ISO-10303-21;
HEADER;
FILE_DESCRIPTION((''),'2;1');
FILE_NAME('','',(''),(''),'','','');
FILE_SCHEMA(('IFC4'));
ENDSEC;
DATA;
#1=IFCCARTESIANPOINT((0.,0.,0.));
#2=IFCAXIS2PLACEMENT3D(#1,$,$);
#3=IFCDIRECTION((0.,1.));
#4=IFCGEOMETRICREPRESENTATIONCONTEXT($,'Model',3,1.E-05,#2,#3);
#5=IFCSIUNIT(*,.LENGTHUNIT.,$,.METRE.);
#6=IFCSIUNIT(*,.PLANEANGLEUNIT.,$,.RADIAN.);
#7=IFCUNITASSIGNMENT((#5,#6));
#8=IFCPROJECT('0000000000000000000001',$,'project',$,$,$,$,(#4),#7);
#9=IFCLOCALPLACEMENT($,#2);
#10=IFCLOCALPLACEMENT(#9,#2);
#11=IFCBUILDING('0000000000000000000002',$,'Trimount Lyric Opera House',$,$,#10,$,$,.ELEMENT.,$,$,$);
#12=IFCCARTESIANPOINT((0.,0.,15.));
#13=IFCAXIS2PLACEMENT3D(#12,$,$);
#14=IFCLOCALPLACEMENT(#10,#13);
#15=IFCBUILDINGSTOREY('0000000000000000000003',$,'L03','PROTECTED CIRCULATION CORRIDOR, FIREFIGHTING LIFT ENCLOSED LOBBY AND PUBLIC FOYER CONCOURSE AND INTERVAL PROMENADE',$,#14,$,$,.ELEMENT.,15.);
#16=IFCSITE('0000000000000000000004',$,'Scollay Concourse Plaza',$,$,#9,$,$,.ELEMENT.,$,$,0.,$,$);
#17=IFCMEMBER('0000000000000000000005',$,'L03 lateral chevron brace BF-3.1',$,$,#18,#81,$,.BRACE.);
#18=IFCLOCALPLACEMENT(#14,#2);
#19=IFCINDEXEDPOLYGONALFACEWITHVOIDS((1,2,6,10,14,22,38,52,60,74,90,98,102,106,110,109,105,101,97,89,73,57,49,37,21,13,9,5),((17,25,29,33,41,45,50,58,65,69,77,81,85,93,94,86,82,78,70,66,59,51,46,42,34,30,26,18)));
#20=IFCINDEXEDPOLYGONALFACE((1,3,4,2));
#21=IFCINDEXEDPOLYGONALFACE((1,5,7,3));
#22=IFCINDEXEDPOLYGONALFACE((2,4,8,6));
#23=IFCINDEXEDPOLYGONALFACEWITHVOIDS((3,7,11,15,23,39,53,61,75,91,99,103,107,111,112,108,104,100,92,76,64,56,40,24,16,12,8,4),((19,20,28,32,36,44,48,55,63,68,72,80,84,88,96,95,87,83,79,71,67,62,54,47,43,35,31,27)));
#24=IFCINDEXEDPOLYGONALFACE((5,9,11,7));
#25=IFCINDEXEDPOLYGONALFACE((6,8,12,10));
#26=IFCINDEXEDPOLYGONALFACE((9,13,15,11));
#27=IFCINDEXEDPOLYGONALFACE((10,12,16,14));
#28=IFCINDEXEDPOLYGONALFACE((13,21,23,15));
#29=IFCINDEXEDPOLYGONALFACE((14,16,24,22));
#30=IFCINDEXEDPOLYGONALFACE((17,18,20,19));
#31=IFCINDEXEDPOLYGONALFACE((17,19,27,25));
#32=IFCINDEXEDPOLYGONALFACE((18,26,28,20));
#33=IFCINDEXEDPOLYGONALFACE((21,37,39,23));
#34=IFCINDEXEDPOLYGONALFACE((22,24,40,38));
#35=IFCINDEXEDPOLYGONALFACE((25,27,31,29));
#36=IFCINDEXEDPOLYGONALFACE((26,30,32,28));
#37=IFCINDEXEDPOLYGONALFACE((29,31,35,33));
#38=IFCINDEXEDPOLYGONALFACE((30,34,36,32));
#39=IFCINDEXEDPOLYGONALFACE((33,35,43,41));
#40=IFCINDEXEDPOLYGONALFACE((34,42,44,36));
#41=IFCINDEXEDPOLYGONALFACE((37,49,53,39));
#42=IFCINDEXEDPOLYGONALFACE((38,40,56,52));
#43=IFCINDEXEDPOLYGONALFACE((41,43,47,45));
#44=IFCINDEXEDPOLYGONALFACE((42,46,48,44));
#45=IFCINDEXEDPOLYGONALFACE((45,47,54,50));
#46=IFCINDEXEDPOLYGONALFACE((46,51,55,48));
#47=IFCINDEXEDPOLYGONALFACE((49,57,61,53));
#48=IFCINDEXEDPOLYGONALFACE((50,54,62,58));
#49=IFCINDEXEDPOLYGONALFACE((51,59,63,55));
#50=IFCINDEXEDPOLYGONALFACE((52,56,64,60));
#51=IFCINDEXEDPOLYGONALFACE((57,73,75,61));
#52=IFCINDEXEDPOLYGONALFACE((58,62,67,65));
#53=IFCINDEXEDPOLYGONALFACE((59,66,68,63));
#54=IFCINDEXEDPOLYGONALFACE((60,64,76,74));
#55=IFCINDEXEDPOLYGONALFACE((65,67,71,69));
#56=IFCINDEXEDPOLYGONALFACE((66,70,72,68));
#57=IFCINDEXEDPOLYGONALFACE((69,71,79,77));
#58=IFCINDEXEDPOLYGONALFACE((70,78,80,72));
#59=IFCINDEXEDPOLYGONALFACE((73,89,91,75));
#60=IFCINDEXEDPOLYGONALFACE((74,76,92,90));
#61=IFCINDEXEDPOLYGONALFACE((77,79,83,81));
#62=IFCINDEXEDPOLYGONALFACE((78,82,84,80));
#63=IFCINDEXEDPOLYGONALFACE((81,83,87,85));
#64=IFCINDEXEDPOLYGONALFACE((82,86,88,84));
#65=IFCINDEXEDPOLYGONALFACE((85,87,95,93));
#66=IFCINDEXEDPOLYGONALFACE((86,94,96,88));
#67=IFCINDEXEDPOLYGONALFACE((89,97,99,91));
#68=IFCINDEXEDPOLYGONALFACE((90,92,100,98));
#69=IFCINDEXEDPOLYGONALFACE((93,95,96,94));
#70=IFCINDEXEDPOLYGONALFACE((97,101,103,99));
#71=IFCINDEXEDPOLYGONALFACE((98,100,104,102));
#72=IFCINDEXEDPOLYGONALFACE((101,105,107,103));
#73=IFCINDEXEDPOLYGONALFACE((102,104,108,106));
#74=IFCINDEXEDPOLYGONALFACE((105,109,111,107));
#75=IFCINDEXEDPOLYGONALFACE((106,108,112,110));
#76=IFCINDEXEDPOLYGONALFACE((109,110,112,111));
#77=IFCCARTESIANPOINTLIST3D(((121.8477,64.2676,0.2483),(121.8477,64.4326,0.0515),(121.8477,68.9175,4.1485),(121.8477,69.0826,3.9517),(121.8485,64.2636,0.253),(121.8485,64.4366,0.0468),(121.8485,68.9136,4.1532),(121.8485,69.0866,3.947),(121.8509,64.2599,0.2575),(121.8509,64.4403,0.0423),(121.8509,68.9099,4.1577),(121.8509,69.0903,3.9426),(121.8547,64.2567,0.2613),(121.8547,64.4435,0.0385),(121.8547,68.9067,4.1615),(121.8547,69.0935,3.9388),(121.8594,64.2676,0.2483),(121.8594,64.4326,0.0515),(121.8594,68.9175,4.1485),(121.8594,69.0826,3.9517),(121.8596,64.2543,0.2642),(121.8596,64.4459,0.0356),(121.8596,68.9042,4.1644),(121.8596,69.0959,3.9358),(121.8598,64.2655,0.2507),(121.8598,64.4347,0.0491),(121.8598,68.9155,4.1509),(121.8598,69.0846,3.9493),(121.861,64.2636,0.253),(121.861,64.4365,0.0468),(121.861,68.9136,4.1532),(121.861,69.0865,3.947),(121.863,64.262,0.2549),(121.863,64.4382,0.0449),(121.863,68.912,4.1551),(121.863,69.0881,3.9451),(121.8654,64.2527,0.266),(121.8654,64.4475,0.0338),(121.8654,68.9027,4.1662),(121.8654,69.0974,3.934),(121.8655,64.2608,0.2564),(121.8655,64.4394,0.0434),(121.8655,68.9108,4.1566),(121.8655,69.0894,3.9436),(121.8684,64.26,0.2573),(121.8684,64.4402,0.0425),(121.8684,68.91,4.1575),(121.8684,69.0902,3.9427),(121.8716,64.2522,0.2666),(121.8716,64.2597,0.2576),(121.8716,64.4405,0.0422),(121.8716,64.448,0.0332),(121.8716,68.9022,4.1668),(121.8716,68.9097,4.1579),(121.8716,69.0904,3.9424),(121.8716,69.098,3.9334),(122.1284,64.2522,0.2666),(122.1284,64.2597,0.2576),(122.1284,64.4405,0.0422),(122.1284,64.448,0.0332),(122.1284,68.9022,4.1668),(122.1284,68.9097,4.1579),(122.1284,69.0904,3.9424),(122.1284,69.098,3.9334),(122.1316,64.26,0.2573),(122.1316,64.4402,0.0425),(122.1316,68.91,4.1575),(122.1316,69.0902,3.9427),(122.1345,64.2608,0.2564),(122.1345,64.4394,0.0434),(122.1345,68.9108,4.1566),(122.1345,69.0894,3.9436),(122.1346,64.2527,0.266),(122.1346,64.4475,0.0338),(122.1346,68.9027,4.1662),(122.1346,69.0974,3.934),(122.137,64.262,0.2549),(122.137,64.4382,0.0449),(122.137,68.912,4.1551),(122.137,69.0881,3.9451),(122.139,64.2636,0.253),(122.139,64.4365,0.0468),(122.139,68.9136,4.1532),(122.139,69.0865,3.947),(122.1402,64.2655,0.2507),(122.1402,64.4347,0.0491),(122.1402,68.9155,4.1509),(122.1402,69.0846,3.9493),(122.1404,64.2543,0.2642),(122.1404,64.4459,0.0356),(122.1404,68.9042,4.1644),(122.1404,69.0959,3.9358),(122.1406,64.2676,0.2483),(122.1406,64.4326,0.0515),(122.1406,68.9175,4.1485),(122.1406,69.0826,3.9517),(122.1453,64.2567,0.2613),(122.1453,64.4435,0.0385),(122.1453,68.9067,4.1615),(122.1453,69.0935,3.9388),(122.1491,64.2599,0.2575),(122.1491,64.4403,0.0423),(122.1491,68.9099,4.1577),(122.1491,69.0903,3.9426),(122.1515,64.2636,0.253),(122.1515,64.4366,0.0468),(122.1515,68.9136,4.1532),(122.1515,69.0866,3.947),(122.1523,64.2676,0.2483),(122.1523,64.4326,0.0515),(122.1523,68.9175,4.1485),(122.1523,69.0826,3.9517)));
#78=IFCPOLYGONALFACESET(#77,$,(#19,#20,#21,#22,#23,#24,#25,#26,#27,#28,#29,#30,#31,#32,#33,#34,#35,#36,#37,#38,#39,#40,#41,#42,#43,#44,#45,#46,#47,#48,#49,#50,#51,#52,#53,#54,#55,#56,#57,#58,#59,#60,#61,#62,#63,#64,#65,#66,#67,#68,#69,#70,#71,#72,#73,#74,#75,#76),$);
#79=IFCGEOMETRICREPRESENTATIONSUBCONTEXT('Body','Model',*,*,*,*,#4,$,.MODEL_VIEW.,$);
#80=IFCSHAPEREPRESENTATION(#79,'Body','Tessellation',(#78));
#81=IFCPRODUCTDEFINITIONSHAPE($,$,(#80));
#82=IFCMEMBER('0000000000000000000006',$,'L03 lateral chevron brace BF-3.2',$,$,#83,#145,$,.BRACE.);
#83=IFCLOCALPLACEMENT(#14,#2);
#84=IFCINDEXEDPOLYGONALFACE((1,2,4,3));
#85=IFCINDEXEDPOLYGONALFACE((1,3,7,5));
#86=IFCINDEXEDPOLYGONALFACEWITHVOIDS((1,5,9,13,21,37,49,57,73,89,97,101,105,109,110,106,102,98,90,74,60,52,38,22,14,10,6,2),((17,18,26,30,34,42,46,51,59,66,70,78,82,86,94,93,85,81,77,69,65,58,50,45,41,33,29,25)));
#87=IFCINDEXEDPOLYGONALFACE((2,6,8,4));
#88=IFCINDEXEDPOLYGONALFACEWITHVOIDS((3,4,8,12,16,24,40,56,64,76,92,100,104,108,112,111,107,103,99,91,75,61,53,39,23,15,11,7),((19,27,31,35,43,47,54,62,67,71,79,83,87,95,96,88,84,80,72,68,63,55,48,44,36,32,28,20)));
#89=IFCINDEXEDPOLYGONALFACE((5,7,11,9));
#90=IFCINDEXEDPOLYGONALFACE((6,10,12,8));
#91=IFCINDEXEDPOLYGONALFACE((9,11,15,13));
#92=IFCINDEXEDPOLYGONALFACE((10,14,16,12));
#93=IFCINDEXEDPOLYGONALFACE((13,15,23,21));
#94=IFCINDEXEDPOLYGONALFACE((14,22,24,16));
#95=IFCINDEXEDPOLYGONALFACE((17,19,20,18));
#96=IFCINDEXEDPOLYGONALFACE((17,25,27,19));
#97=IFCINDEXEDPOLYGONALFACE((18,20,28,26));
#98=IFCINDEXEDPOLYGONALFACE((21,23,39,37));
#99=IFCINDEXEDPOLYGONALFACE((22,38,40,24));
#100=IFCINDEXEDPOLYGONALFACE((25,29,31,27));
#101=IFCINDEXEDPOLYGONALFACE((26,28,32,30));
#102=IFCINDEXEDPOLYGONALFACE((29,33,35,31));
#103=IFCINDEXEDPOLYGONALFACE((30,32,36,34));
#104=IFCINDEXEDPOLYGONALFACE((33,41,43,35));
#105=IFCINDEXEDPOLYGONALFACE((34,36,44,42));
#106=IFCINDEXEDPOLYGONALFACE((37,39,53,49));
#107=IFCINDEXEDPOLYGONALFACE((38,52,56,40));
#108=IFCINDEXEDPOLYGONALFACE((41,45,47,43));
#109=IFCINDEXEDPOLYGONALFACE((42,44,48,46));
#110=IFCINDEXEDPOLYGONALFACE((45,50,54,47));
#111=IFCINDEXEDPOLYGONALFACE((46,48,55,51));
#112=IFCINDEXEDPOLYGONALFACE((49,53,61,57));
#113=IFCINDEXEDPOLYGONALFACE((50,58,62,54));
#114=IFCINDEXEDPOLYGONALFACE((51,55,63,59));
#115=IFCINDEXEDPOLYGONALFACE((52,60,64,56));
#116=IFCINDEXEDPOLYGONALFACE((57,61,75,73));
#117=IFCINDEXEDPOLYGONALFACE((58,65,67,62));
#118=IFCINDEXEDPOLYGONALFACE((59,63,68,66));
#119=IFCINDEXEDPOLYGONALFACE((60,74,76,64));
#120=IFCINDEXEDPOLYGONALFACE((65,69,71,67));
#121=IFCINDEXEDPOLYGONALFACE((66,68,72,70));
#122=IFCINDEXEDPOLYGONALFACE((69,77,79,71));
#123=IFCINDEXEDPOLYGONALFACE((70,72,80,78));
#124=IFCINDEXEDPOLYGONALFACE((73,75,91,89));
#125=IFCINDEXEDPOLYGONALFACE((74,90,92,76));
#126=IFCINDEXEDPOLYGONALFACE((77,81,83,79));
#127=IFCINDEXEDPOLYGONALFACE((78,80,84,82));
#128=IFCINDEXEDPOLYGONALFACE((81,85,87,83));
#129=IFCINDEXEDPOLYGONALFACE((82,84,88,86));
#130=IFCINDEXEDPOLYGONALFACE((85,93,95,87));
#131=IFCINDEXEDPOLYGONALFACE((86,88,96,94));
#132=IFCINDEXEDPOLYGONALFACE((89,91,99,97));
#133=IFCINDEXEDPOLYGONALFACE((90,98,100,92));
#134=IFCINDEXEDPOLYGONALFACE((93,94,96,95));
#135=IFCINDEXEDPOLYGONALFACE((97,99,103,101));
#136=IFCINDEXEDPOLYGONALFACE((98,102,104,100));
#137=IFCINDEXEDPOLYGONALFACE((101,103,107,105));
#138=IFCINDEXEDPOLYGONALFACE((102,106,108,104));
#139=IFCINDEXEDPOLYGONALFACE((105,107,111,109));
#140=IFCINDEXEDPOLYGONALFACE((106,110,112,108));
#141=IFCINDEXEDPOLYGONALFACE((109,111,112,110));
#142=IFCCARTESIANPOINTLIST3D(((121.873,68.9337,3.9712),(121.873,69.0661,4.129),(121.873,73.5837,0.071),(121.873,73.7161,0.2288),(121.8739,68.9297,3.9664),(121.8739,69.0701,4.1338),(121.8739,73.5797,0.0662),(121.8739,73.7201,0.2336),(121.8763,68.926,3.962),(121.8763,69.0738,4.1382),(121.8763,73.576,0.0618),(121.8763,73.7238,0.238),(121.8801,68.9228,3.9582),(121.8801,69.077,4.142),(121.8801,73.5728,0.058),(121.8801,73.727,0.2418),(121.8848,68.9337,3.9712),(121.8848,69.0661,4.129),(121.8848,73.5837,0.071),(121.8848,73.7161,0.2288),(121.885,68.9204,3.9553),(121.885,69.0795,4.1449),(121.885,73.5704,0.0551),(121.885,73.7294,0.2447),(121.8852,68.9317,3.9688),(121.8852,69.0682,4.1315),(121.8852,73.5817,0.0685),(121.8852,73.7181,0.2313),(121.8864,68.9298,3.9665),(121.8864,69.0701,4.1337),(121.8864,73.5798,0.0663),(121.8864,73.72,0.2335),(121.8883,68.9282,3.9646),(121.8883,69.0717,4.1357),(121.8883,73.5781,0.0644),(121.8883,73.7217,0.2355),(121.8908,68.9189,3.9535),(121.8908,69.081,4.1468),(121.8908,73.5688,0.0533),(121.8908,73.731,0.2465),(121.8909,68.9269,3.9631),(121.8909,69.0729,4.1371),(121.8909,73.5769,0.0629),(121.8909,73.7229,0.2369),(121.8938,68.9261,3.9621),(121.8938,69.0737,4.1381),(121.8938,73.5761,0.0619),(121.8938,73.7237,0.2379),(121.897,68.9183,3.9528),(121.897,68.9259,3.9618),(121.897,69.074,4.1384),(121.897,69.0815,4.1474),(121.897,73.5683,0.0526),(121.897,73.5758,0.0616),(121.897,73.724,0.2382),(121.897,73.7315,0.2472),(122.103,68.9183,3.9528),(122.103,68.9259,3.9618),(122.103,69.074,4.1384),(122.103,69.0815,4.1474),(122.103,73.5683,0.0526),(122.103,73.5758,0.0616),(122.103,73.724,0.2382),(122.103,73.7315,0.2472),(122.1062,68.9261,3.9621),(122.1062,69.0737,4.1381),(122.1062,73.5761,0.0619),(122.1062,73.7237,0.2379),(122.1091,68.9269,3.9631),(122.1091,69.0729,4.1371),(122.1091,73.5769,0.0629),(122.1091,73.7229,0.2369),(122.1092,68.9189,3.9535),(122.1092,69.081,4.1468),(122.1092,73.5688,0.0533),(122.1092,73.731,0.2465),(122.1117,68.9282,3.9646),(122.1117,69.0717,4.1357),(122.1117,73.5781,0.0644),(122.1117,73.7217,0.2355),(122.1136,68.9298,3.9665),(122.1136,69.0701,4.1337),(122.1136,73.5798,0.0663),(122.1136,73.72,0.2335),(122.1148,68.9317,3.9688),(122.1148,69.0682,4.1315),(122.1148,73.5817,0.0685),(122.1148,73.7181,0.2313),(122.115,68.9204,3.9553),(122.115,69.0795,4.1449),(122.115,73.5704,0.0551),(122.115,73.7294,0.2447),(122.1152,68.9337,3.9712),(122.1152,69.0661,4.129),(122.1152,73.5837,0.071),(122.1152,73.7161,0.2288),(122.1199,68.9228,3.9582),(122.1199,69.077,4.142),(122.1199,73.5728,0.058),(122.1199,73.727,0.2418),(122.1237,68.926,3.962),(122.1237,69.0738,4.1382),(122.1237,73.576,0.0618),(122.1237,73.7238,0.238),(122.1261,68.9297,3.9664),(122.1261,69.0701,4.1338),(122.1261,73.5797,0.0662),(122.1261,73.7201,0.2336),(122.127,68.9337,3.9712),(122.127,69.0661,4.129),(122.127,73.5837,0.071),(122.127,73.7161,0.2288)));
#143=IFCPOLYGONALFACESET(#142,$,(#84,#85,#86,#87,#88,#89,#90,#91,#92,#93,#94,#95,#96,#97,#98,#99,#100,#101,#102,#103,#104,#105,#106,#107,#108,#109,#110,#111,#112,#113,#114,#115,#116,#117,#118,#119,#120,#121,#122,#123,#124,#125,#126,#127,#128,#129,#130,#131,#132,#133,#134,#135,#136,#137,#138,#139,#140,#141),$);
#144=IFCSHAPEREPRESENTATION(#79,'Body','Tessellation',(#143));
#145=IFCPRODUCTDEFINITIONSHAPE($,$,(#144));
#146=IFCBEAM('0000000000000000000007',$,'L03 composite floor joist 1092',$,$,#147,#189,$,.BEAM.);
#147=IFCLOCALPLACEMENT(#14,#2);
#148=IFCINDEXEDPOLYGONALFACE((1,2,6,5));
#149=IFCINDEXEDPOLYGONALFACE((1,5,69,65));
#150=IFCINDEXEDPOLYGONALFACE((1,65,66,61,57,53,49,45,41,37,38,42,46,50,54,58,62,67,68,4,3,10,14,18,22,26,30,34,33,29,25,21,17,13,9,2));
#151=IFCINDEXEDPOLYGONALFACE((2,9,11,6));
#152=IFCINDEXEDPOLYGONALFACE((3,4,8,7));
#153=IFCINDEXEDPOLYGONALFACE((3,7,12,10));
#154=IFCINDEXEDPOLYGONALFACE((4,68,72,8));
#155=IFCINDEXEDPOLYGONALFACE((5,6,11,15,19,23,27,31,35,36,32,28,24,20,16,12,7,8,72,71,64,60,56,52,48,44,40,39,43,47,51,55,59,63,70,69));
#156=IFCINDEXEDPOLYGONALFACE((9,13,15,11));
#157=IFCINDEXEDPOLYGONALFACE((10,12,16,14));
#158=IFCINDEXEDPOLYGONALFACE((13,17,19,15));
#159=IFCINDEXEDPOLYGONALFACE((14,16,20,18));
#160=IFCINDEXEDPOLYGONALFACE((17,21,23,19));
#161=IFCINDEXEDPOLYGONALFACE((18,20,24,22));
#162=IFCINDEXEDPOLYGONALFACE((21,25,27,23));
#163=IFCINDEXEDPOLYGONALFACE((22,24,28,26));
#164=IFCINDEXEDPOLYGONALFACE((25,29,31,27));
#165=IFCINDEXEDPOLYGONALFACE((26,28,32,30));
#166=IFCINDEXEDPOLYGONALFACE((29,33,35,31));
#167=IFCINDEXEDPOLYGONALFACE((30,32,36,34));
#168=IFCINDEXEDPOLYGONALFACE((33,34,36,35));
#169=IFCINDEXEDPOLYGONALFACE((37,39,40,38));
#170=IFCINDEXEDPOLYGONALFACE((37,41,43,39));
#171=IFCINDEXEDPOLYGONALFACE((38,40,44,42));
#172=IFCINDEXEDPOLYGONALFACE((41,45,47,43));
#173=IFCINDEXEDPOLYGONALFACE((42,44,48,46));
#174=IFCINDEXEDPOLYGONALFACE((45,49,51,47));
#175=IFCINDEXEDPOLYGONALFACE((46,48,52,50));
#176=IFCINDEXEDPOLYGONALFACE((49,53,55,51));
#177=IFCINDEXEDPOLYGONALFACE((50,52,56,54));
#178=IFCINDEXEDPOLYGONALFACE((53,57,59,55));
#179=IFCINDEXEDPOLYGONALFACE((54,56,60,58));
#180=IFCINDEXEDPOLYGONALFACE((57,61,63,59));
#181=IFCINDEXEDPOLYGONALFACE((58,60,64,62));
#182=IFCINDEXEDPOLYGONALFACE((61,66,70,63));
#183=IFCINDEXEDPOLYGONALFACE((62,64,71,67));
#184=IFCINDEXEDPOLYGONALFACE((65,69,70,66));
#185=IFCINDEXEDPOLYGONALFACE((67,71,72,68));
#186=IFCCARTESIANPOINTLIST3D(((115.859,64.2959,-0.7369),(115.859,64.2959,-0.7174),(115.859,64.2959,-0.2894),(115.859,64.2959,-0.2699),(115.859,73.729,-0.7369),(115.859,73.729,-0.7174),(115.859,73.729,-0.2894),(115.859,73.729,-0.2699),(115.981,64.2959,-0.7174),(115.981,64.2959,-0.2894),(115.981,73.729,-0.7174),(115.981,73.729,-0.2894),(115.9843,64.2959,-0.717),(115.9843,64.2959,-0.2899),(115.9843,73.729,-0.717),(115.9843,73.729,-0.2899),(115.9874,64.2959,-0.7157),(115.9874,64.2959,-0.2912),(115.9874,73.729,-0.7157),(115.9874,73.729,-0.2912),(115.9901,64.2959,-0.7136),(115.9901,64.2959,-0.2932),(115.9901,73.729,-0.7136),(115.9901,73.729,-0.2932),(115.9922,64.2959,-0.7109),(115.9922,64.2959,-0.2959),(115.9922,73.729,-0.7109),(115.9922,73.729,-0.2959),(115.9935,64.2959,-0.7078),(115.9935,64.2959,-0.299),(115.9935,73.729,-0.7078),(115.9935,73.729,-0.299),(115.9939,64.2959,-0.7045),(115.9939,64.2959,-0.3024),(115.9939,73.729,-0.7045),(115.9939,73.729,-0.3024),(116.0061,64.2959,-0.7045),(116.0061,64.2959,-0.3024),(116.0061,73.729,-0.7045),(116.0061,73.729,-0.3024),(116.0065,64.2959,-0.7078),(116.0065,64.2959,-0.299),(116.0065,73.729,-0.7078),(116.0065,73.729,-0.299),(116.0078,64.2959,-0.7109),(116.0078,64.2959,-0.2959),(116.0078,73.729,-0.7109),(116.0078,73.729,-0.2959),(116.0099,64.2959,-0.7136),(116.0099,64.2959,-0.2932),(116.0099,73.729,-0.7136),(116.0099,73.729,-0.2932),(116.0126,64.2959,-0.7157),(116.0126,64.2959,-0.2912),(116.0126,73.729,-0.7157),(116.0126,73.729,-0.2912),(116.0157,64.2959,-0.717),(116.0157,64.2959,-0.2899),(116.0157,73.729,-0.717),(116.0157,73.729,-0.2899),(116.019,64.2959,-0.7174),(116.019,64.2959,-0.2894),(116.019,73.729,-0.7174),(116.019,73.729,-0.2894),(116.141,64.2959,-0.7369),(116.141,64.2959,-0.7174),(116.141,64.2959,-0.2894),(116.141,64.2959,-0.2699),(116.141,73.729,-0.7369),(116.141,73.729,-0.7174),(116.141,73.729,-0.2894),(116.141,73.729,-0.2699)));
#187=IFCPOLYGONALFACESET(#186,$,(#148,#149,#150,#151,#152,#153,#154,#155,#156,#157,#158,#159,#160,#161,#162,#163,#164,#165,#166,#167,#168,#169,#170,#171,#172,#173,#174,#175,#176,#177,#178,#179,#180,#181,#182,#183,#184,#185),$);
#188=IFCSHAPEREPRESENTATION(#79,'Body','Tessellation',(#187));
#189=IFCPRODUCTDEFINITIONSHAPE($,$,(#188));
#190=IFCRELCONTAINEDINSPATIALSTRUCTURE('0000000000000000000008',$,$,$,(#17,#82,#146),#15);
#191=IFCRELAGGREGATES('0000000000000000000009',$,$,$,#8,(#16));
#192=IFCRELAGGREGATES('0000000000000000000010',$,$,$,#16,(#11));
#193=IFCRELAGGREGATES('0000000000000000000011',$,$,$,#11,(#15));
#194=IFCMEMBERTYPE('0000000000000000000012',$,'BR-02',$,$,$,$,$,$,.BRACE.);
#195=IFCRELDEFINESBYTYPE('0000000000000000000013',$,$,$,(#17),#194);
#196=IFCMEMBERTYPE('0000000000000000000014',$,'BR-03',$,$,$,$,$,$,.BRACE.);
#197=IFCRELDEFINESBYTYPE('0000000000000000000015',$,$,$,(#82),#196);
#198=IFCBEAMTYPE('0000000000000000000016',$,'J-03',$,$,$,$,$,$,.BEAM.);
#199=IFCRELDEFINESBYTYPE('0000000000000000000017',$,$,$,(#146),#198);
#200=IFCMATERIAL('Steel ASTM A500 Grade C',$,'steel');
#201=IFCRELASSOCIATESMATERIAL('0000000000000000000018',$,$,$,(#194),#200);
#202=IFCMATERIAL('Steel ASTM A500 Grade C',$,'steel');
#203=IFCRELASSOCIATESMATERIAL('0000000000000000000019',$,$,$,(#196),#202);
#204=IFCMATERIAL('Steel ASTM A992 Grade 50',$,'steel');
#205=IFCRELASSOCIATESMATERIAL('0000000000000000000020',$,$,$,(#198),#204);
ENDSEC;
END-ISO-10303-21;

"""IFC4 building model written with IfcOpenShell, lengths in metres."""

from ifc_helpers import new_model, si_unit, direction, frame, origin, origin_2d, place, context, subcontext, project, spatial, hollow_rectangle, i_section, extrude, material, material_profile, profile_set, type_object, element, save


model = new_model("IFC4")

# Units and contexts
model_context = context("Model", 3, precision=1e-05, world=origin(), true_north=direction((0.0, 1.0)))
body_context = subcontext(model_context, "Body", "Model", "MODEL_VIEW")
ifc_project = project(units=[si_unit("LENGTHUNIT", "METRE"), si_unit("PLANEANGLEUNIT", "RADIAN")], contexts=[model_context])

# Site, building, storey
site_placement = place(None, origin())
site = spatial("IfcSite", under=ifc_project, at=site_placement, Name="Scollay Concourse Plaza", CompositionType="ELEMENT", RefElevation=0.0)
building_placement = place(site_placement, origin())
building = spatial("IfcBuilding", under=site, at=building_placement, Name="Trimount Lyric Opera House", CompositionType="ELEMENT")
storey_placement = place(building_placement, frame((0.0, 0.0, 15.0)))
storey = spatial("IfcBuildingStorey", under=building, at=storey_placement, Name="L03", Description="PROTECTED CIRCULATION CORRIDOR, FIREFIGHTING LIFT ENCLOSED LOBBY AND PUBLIC FOYER CONCOURSE AND INTERVAL PROMENADE", CompositionType="ELEMENT", Elevation=15.0)

# Members
ifc_material_1 = material(Name="Steel ASTM A500 Grade C", Category="steel")
ifc_material_profile_1 = material_profile(ifc_material_1, hollow_rectangle(XDim=0.3047, YDim=0.3047, WallThickness=0.0117, InnerFilletRadius=0.0122, OuterFilletRadius=0.0239, at=origin_2d()), Name="HSS304.8X304.8X12.7")
ifc_profile_set_1 = profile_set([ifc_material_profile_1], Name="Steel ASTM A500 Grade C")
member_type_1 = type_object("IfcMemberType", Name="BR-02", PredefinedType="BRACE", material=ifc_profile_set_1)
member_1_placement = place(storey_placement, frame((122.0, 64.3501, 0.1499), z_axis=(0.0, 0.766173, 0.642634), x_axis=(-1.0, 0.0, 0.0)))
element("IfcMember", 1, at=member_1_placement, inside=storey, type_object=member_type_1, Name="L03 lateral chevron brace BF-3.1", PredefinedType="BRACE", context=body_context, shape_type="SweptSolid", body=[
    extrude(hollow_rectangle(XDim=0.3047, YDim=0.3047, WallThickness=0.0117, InnerFilletRadius=0.0122, OuterFilletRadius=0.0239, at=origin_2d()), origin(), (0.0, 0.0, 1.0), 6.0691),
])
ifc_material_2 = material(Name="Steel ASTM A500 Grade C", Category="steel")
ifc_material_profile_2 = material_profile(ifc_material_2, hollow_rectangle(XDim=0.2539, YDim=0.2539, WallThickness=0.0117, InnerFilletRadius=0.0122, OuterFilletRadius=0.0239, at=origin_2d()), Name="HSS254.0X254.0X12.7")
ifc_profile_set_2 = profile_set([ifc_material_profile_2], Name="Steel ASTM A500 Grade C")
member_type_2 = type_object("IfcMemberType", Name="BR-03", PredefinedType="BRACE", material=ifc_profile_set_2)
member_2_placement = place(storey_placement, frame((122.0, 73.6499, 0.1499), z_axis=(0.0, -0.766173, 0.642634), x_axis=(1.0, 0.0, 0.0)))
element("IfcMember", 2, at=member_2_placement, inside=storey, type_object=member_type_2, Name="L03 lateral chevron brace BF-3.2", PredefinedType="BRACE", context=body_context, shape_type="SweptSolid", body=[
    extrude(hollow_rectangle(XDim=0.2539, YDim=0.2539, WallThickness=0.0117, InnerFilletRadius=0.0122, OuterFilletRadius=0.0239, at=origin_2d()), origin(), (0.0, 0.0, 1.0), 6.0691),
])

# Beam
ifc_material_3 = material(Name="Steel ASTM A992 Grade 50", Category="steel")
ifc_material_profile_3 = material_profile(ifc_material_3, i_section(OverallWidth=0.282, OverallDepth=0.467, WebThickness=0.0122, FlangeThickness=0.0195, FilletRadius=0.0129, at=origin_2d()), Name="W18X86")
ifc_profile_set_3 = profile_set([ifc_material_profile_3], Name="Steel ASTM A992 Grade 50")
beam_type_1 = type_object("IfcBeamType", Name="J-03", PredefinedType="BEAM", material=ifc_profile_set_3)
beam_1_placement = place(storey_placement, frame((116.0, 64.2959, -0.5034), z_axis=(0.0, 1.0, 0.0), x_axis=(-1.0, 0.0, 0.0)))
element("IfcBeam", 3, at=beam_1_placement, inside=storey, type_object=beam_type_1, Name="L03 composite floor joist 1092", PredefinedType="BEAM", context=body_context, shape_type="SweptSolid", body=[
    extrude(i_section(OverallWidth=0.282, OverallDepth=0.467, WebThickness=0.0122, FlangeThickness=0.0195, FilletRadius=0.0129, at=origin_2d()), origin(), (0.0, 0.0, 1.0), 9.4331),
])

save(model, "model.ifc")
